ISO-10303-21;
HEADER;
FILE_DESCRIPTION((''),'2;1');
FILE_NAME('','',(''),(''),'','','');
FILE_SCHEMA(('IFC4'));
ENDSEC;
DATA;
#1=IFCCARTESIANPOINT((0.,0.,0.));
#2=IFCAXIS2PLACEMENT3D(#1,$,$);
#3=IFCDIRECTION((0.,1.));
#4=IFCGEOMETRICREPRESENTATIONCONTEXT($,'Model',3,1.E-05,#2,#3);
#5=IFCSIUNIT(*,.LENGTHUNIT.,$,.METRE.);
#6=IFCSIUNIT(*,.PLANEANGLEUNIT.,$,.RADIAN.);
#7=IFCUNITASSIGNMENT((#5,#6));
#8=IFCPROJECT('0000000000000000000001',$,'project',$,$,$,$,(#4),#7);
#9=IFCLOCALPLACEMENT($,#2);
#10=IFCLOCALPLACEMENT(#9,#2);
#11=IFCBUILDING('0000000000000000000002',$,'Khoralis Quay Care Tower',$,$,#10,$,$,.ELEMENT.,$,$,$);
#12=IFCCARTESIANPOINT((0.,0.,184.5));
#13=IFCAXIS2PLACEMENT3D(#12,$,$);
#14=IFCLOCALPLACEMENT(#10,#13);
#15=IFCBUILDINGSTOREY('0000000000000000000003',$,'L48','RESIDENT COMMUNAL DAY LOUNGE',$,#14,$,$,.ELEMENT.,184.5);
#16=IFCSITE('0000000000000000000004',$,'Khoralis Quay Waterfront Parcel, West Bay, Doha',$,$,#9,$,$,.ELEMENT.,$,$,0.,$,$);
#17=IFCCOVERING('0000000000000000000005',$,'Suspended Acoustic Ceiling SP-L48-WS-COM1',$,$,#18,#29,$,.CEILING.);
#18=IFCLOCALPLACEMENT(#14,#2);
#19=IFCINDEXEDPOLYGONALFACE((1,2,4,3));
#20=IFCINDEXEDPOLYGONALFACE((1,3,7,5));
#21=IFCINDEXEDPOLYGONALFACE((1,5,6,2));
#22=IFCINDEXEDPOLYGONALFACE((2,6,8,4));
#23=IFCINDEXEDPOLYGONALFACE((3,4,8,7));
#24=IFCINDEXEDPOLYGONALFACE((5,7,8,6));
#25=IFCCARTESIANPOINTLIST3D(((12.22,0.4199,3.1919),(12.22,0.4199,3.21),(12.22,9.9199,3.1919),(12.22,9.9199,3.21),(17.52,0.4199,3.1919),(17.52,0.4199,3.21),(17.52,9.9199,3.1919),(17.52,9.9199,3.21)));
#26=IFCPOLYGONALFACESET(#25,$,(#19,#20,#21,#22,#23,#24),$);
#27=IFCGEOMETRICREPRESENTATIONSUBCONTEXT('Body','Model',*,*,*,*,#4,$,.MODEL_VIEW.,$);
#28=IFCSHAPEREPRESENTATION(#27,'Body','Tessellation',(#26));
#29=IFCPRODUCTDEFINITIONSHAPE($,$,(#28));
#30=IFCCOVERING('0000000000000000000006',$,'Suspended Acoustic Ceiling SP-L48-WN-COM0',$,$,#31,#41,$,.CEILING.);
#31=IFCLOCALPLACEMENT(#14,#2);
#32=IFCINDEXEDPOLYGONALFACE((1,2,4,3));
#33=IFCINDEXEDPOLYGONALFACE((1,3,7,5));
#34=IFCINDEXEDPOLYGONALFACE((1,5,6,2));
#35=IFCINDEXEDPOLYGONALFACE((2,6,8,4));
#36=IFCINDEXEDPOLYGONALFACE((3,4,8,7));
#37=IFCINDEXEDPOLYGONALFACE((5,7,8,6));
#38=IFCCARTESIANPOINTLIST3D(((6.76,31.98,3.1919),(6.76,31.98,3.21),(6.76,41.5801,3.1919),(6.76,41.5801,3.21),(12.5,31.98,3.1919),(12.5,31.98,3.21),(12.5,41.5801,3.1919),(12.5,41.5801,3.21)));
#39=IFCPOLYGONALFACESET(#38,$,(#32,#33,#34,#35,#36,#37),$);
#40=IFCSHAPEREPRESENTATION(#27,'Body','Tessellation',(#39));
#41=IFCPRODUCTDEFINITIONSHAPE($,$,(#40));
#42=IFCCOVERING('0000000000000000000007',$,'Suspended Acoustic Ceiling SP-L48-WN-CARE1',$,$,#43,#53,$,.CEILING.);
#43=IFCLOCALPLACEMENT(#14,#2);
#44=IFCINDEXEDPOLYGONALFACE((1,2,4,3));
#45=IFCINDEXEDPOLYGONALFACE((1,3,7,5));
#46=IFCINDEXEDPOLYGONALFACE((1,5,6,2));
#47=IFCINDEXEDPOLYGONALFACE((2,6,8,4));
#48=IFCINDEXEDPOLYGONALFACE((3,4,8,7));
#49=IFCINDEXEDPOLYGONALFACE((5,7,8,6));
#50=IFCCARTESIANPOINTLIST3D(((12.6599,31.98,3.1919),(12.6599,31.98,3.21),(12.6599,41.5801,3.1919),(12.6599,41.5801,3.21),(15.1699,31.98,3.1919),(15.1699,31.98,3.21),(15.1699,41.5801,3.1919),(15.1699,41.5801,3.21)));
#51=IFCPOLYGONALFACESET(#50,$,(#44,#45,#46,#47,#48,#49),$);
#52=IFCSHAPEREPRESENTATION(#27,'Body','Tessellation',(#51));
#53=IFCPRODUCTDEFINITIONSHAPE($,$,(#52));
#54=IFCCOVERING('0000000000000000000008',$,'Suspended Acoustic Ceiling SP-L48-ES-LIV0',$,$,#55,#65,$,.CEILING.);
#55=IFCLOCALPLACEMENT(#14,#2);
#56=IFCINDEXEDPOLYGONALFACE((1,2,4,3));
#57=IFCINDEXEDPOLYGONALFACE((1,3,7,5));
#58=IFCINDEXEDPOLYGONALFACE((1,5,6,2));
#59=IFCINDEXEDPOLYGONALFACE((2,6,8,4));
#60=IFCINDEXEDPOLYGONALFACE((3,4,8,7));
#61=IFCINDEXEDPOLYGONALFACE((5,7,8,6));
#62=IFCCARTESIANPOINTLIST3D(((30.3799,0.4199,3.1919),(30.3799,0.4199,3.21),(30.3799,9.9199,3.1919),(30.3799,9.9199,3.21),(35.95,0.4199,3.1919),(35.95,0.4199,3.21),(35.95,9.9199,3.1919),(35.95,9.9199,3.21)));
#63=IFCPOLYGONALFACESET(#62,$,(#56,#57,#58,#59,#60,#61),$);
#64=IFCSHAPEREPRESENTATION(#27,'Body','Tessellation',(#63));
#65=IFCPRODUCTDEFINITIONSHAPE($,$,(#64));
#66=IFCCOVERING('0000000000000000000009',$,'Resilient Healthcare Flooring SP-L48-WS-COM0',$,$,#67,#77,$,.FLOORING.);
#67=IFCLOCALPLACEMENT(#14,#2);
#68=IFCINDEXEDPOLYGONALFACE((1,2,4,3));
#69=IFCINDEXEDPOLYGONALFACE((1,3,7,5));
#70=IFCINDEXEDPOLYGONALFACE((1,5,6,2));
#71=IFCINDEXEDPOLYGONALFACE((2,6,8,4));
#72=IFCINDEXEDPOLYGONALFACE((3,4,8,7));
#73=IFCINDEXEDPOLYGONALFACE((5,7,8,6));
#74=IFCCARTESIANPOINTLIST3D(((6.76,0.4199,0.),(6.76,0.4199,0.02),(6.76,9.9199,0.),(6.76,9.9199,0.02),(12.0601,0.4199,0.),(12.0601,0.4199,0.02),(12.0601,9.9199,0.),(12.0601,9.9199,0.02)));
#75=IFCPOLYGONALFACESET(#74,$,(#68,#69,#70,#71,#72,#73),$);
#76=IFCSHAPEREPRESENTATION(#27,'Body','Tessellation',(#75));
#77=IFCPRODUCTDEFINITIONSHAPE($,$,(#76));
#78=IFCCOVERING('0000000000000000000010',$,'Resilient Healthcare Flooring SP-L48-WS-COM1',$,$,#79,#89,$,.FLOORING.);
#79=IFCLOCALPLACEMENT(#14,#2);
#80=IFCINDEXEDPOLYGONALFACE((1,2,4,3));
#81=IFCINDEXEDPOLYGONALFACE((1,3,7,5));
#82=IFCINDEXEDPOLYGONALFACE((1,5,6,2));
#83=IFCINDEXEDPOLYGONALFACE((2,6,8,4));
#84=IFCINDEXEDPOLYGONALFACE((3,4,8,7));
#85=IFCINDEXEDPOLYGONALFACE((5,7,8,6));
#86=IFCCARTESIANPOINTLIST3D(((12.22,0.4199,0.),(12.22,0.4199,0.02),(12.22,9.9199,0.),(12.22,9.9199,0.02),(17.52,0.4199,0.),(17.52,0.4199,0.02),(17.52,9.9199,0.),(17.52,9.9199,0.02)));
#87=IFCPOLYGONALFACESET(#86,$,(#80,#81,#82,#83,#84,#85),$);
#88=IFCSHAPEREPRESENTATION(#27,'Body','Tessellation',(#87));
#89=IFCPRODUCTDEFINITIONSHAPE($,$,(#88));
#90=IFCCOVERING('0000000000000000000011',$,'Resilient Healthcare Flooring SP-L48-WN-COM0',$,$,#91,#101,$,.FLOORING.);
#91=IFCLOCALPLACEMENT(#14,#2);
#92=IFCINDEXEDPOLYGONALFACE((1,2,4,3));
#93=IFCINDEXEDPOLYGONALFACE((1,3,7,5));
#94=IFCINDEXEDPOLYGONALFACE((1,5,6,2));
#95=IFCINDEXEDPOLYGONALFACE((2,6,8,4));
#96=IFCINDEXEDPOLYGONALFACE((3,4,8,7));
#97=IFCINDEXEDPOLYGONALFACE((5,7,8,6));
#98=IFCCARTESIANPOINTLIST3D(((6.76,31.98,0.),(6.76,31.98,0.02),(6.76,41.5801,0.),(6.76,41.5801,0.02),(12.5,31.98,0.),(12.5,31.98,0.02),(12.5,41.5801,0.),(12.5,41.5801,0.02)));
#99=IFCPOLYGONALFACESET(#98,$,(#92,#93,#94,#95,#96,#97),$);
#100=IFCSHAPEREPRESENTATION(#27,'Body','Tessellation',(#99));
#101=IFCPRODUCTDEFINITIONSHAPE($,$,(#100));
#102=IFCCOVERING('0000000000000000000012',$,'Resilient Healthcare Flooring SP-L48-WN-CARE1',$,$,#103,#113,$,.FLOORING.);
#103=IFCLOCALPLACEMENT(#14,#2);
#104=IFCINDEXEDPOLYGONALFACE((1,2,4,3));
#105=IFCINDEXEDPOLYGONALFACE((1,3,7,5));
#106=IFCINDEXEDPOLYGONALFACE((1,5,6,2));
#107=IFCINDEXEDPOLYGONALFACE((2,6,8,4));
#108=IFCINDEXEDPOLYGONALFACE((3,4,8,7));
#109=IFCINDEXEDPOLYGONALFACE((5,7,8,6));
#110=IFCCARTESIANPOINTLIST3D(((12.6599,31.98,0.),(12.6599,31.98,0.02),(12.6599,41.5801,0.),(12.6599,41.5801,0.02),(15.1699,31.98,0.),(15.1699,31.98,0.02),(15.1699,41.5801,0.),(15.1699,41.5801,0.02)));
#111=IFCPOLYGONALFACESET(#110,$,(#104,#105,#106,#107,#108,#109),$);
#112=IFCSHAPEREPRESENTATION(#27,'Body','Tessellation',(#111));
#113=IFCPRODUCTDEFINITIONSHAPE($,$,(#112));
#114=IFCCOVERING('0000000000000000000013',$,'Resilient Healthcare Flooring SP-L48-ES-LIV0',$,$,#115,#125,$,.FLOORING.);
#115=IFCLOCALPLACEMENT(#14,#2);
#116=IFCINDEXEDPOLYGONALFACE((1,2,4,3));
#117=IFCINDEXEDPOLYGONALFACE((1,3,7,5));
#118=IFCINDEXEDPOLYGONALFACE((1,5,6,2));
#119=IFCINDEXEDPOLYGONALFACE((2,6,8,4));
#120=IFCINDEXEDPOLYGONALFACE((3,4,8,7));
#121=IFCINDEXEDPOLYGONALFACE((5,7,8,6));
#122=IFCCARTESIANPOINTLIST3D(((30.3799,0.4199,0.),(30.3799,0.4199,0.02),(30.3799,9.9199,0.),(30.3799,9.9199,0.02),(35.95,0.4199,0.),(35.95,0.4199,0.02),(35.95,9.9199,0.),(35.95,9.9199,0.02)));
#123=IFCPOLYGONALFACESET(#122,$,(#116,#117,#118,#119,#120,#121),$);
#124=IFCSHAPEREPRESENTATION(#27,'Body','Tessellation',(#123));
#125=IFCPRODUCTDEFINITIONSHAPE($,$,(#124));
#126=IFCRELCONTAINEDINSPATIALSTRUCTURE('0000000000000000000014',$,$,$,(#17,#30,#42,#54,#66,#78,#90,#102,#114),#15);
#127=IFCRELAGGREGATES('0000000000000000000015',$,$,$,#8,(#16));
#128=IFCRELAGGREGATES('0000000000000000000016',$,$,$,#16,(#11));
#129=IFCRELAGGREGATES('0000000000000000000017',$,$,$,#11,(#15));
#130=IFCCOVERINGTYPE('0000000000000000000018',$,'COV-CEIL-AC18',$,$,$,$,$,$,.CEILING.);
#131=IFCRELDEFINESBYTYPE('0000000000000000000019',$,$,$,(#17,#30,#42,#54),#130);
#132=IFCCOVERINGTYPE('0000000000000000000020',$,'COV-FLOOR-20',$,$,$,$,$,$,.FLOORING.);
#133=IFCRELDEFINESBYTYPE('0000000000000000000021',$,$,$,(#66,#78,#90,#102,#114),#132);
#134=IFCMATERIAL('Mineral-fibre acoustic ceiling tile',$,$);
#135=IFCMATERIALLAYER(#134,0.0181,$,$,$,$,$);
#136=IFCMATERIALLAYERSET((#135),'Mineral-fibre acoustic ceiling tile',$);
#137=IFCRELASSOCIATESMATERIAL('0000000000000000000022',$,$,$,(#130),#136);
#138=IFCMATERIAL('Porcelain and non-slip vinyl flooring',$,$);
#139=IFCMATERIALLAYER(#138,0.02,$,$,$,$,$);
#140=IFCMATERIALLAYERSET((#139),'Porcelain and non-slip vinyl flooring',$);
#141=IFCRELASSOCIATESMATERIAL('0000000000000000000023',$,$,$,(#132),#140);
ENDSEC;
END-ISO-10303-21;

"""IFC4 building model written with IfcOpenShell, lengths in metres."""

from ifc_helpers import new_model, si_unit, direction, frame, origin, place, context, subcontext, project, spatial, polyline, outline, extrude, material, layer, layer_set, type_object, element, save


model = new_model("IFC4")

# Units and contexts
model_context = context("Model", 3, precision=1e-05, world=origin(), true_north=direction((0.0, 1.0)))
body_context = subcontext(model_context, "Body", "Model", "MODEL_VIEW")
ifc_project = project(units=[si_unit("LENGTHUNIT", "METRE"), si_unit("PLANEANGLEUNIT", "RADIAN")], contexts=[model_context])

# Site, building, storey
site_placement = place(None, origin())
site = spatial("IfcSite", under=ifc_project, at=site_placement, Name="Khoralis Quay Waterfront Parcel, West Bay, Doha", CompositionType="ELEMENT", RefElevation=0.0)
building_placement = place(site_placement, origin())
building = spatial("IfcBuilding", under=site, at=building_placement, Name="Khoralis Quay Care Tower", CompositionType="ELEMENT")
storey_placement = place(building_placement, frame((0.0, 0.0, 184.5)))
storey = spatial("IfcBuildingStorey", under=building, at=storey_placement, Name="L48", Description="RESIDENT COMMUNAL DAY LOUNGE", CompositionType="ELEMENT", Elevation=184.5)

# Coverings
ifc_material_1 = material(Name="Mineral-fibre acoustic ceiling tile")
ifc_layer_1 = layer(ifc_material_1, 0.0181)
ifc_layer_set_1 = layer_set([ifc_layer_1], Name="Mineral-fibre acoustic ceiling tile")
covering_type_1 = type_object("IfcCoveringType", Name="COV-CEIL-AC18", PredefinedType="CEILING", material=ifc_layer_set_1)
covering_1_placement = place(storey_placement, frame((0.0, 0.0, 3.1919)))
element("IfcCovering", 1, at=covering_1_placement, inside=storey, type_object=covering_type_1, Name="Suspended Acoustic Ceiling SP-L48-WS-COM1", PredefinedType="CEILING", context=body_context, shape_type="SweptSolid", body=[
    extrude(outline(polyline([(12.22, 0.4199), (17.52, 0.4199), (17.52, 9.9199), (12.22, 9.9199), (12.22, 0.4199)])), origin(), (0.0, 0.0, 1.0), 0.0181),
])
covering_2_placement = place(storey_placement, frame((0.0, 0.0, 3.1919)))
element("IfcCovering", 2, at=covering_2_placement, inside=storey, type_object=covering_type_1, Name="Suspended Acoustic Ceiling SP-L48-WN-COM0", PredefinedType="CEILING", context=body_context, shape_type="SweptSolid", body=[
    extrude(outline(polyline([(6.76, 31.98), (12.5, 31.98), (12.5, 41.5801), (6.76, 41.5801), (6.76, 31.98)])), origin(), (0.0, 0.0, 1.0), 0.0181),
])
covering_3_placement = place(storey_placement, frame((0.0, 0.0, 3.1919)))
element("IfcCovering", 3, at=covering_3_placement, inside=storey, type_object=covering_type_1, Name="Suspended Acoustic Ceiling SP-L48-WN-CARE1", PredefinedType="CEILING", context=body_context, shape_type="SweptSolid", body=[
    extrude(outline(polyline([(12.6599, 31.98), (15.1699, 31.98), (15.1699, 41.5801), (12.6599, 41.5801), (12.6599, 31.98)])), origin(), (0.0, 0.0, 1.0), 0.0181),
])
covering_4_placement = place(storey_placement, frame((0.0, 0.0, 3.1919)))
element("IfcCovering", 4, at=covering_4_placement, inside=storey, type_object=covering_type_1, Name="Suspended Acoustic Ceiling SP-L48-ES-LIV0", PredefinedType="CEILING", context=body_context, shape_type="SweptSolid", body=[
    extrude(outline(polyline([(30.3799, 0.4199), (35.95, 0.4199), (35.95, 9.9199), (30.3799, 9.9199), (30.3799, 0.4199)])), origin(), (0.0, 0.0, 1.0), 0.0181),
])
ifc_material_2 = material(Name="Porcelain and non-slip vinyl flooring")
ifc_layer_2 = layer(ifc_material_2, 0.02)
ifc_layer_set_2 = layer_set([ifc_layer_2], Name="Porcelain and non-slip vinyl flooring")
covering_type_2 = type_object("IfcCoveringType", Name="COV-FLOOR-20", PredefinedType="FLOORING", material=ifc_layer_set_2)
covering_5_placement = place(storey_placement, origin())
element("IfcCovering", 5, at=covering_5_placement, inside=storey, type_object=covering_type_2, Name="Resilient Healthcare Flooring SP-L48-WS-COM0", PredefinedType="FLOORING", context=body_context, shape_type="SweptSolid", body=[
    extrude(outline(polyline([(6.76, 0.4199), (12.0601, 0.4199), (12.0601, 9.9199), (6.76, 9.9199), (6.76, 0.4199)])), origin(), (0.0, 0.0, 1.0), 0.02),
])
covering_6_placement = place(storey_placement, origin())
element("IfcCovering", 6, at=covering_6_placement, inside=storey, type_object=covering_type_2, Name="Resilient Healthcare Flooring SP-L48-WS-COM1", PredefinedType="FLOORING", context=body_context, shape_type="SweptSolid", body=[
    extrude(outline(polyline([(12.22, 0.4199), (17.52, 0.4199), (17.52, 9.9199), (12.22, 9.9199), (12.22, 0.4199)])), origin(), (0.0, 0.0, 1.0), 0.02),
])
covering_7_placement = place(storey_placement, origin())
element("IfcCovering", 7, at=covering_7_placement, inside=storey, type_object=covering_type_2, Name="Resilient Healthcare Flooring SP-L48-WN-COM0", PredefinedType="FLOORING", context=body_context, shape_type="SweptSolid", body=[
    extrude(outline(polyline([(6.76, 31.98), (12.5, 31.98), (12.5, 41.5801), (6.76, 41.5801), (6.76, 31.98)])), origin(), (0.0, 0.0, 1.0), 0.02),
])
covering_8_placement = place(storey_placement, origin())
element("IfcCovering", 8, at=covering_8_placement, inside=storey, type_object=covering_type_2, Name="Resilient Healthcare Flooring SP-L48-WN-CARE1", PredefinedType="FLOORING", context=body_context, shape_type="SweptSolid", body=[
    extrude(outline(polyline([(12.6599, 31.98), (15.1699, 31.98), (15.1699, 41.5801), (12.6599, 41.5801), (12.6599, 31.98)])), origin(), (0.0, 0.0, 1.0), 0.02),
])
covering_9_placement = place(storey_placement, origin())
element("IfcCovering", 9, at=covering_9_placement, inside=storey, type_object=covering_type_2, Name="Resilient Healthcare Flooring SP-L48-ES-LIV0", PredefinedType="FLOORING", context=body_context, shape_type="SweptSolid", body=[
    extrude(outline(polyline([(30.3799, 0.4199), (35.95, 0.4199), (35.95, 9.9199), (30.3799, 9.9199), (30.3799, 0.4199)])), origin(), (0.0, 0.0, 1.0), 0.02),
])

save(model, "model.ifc")
